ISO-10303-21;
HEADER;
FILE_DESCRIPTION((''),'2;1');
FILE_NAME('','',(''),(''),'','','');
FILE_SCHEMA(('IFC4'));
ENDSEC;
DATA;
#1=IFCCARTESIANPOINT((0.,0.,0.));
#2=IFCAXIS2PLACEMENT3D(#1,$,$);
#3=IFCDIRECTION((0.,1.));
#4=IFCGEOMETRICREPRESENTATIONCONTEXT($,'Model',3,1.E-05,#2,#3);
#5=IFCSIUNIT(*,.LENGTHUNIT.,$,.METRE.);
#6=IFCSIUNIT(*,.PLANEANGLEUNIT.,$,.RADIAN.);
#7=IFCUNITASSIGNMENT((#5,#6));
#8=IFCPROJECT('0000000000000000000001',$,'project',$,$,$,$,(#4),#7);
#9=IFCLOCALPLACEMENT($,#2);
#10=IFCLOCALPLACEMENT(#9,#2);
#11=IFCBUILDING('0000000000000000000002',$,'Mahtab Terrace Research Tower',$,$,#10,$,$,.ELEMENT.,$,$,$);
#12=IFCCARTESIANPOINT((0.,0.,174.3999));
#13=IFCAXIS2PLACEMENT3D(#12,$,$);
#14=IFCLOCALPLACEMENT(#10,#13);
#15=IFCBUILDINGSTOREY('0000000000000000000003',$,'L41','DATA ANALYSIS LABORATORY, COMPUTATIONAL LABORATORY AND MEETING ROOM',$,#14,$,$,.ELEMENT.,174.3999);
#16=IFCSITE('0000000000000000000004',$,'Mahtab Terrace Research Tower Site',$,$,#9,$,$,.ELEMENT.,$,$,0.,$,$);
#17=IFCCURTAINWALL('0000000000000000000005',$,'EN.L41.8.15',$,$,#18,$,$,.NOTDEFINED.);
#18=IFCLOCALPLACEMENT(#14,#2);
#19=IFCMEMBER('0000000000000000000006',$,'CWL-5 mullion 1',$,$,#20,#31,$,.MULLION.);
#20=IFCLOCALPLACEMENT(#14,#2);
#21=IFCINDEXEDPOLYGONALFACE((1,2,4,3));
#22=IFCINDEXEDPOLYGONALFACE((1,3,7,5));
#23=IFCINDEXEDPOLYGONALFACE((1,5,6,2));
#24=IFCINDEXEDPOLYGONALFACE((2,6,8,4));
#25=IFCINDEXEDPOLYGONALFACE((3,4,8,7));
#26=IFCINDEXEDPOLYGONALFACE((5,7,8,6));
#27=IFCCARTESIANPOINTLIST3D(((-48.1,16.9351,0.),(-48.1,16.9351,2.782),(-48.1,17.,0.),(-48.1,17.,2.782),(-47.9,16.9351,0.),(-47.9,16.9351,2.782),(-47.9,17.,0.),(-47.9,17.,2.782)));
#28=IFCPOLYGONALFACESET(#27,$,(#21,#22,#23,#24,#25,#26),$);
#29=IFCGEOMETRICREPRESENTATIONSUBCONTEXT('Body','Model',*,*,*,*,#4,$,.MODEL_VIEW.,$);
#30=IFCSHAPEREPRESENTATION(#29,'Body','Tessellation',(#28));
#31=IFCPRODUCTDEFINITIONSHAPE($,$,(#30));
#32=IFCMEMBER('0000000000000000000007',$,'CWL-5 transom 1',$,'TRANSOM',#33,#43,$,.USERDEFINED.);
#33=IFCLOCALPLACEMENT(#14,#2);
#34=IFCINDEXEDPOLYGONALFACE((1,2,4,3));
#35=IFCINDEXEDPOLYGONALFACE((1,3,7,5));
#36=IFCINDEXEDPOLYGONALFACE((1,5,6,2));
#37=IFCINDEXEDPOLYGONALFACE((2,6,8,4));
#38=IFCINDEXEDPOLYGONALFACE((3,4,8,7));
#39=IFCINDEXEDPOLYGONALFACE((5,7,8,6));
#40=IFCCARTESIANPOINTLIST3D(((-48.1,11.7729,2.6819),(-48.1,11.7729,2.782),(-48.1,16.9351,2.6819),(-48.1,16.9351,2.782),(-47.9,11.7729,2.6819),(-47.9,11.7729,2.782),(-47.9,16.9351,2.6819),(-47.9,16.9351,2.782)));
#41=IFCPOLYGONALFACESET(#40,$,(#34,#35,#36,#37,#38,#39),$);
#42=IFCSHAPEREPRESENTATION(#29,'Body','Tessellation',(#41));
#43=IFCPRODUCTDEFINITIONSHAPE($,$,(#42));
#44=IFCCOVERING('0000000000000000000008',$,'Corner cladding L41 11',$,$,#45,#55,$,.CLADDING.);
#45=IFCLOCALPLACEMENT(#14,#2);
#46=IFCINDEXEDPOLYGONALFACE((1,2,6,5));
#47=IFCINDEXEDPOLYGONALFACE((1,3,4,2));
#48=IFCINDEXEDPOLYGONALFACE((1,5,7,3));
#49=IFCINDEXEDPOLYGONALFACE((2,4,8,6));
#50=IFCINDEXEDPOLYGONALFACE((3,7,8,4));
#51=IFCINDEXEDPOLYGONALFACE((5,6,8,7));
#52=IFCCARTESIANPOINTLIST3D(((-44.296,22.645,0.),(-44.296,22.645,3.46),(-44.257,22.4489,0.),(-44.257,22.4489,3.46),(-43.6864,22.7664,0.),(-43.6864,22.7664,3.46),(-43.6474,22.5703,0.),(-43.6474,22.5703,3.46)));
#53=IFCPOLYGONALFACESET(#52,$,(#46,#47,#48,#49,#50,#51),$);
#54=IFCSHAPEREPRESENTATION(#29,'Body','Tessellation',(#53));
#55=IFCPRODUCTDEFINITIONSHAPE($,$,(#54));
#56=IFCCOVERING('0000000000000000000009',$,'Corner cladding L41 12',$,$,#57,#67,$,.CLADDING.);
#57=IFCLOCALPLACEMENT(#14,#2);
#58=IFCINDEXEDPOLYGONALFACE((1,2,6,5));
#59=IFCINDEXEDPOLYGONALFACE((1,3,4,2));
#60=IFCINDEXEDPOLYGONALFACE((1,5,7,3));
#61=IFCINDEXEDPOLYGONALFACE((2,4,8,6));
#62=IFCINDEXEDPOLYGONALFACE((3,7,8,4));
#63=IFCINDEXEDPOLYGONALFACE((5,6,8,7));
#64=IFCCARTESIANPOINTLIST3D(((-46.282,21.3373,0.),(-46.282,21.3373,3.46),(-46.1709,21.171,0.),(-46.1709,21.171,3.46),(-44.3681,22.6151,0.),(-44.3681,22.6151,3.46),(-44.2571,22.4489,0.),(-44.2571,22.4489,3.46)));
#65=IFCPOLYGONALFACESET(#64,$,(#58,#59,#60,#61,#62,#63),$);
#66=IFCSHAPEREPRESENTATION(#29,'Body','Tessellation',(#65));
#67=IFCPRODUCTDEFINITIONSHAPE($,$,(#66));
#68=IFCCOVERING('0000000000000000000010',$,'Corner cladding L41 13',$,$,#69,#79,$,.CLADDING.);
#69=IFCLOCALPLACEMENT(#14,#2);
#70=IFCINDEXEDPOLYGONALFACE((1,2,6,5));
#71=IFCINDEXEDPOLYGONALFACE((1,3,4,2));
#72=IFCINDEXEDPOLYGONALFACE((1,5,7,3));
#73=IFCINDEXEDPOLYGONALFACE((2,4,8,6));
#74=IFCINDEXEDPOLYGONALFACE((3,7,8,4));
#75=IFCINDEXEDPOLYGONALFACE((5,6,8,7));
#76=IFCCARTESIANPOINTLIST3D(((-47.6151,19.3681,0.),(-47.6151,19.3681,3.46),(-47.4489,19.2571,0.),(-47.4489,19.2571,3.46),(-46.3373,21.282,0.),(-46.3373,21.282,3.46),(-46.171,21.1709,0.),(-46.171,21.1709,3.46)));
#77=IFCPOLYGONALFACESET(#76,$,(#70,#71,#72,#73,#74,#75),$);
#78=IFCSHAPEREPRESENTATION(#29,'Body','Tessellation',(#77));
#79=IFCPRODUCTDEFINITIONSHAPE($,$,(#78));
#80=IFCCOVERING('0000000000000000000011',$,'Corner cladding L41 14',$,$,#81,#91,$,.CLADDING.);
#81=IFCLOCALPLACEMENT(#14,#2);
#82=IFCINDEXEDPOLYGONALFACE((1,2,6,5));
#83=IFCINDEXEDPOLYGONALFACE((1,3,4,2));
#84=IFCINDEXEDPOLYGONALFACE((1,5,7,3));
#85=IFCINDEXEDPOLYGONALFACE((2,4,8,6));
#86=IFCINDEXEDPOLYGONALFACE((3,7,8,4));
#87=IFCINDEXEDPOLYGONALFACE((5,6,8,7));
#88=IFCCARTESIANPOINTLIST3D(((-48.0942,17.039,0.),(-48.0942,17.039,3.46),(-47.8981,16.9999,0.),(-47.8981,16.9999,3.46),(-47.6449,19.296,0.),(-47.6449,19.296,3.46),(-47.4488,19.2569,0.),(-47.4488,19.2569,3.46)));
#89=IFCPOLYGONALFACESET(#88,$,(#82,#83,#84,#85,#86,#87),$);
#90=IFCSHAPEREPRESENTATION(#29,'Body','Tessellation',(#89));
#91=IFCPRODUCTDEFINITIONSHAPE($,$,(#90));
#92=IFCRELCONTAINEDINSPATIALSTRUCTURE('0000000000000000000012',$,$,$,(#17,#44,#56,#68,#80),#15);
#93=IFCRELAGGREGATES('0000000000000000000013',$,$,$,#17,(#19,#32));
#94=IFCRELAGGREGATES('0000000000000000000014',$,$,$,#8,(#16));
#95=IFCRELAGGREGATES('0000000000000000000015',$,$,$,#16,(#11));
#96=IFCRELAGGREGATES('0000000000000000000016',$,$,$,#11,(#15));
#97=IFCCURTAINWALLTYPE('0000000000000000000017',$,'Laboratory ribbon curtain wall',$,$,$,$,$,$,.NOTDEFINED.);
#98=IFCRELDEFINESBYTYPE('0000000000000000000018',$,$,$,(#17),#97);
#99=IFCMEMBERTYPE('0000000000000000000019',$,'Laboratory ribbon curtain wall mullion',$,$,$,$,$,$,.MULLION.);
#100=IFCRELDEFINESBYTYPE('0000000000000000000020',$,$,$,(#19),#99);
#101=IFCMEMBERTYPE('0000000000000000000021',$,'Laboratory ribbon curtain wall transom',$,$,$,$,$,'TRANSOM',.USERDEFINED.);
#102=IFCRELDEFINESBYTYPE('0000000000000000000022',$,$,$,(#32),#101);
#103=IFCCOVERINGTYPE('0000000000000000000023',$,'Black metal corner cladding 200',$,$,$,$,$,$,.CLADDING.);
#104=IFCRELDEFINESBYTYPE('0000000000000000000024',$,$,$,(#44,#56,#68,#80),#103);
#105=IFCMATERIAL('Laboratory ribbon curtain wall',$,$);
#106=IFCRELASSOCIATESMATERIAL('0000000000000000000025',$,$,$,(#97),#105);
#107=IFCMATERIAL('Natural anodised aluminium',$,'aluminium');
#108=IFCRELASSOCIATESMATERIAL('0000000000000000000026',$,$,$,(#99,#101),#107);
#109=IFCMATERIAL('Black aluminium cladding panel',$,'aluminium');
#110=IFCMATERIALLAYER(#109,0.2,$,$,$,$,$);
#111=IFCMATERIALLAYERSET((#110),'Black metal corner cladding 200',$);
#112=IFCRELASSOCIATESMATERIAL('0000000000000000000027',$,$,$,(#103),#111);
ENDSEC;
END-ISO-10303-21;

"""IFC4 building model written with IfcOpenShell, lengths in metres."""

from ifc_helpers import new_model, si_unit, direction, frame, origin, origin_2d, place, context, subcontext, project, spatial, rectangle, extrude, material, layer, layer_set, material_profile, profile_set, type_object, element, aggregate, save


model = new_model("IFC4")

# Units and contexts
model_context = context("Model", 3, precision=1e-05, world=origin(), true_north=direction((0.0, 1.0)))
body_context = subcontext(model_context, "Body", "Model", "MODEL_VIEW")
ifc_project = project(units=[si_unit("LENGTHUNIT", "METRE"), si_unit("PLANEANGLEUNIT", "RADIAN")], contexts=[model_context])

# Site, building, storey
site_placement = place(None, origin())
site = spatial("IfcSite", under=ifc_project, at=site_placement, Name="Mahtab Terrace Research Tower Site", CompositionType="ELEMENT", RefElevation=0.0)
building_placement = place(site_placement, origin())
building = spatial("IfcBuilding", under=site, at=building_placement, Name="Mahtab Terrace Research Tower", CompositionType="ELEMENT")
storey_placement = place(building_placement, frame((0.0, 0.0, 174.3999)))
storey = spatial("IfcBuildingStorey", under=building, at=storey_placement, Name="L41", Description="DATA ANALYSIS LABORATORY, COMPUTATIONAL LABORATORY AND MEETING ROOM", CompositionType="ELEMENT", Elevation=174.3999)

# Curtain wall, members
ifc_material_1 = material(Name="Laboratory ribbon curtain wall")
curtain_wall_type = type_object("IfcCurtainWallType", Name="Laboratory ribbon curtain wall", PredefinedType="NOTDEFINED", material=ifc_material_1)
curtain_wall_placement = place(storey_placement, origin())
curtain_wall = element("IfcCurtainWall", 1, at=curtain_wall_placement, inside=storey, type_object=curtain_wall_type, Name="EN.L41.8.15", PredefinedType="NOTDEFINED")
ifc_material_2 = material(Name="Natural anodised aluminium", Category="aluminium")
ifc_material_profile_1 = material_profile(ifc_material_2, rectangle(XDim=0.2, YDim=0.0649, at=origin_2d()), Name="MULLION 65x200")
ifc_profile_set_1 = profile_set([ifc_material_profile_1], Name="Natural anodised aluminium")
member_type_1 = type_object("IfcMemberType", Name="Laboratory ribbon curtain wall mullion", PredefinedType="MULLION", material=ifc_profile_set_1)
member_1_placement = place(storey_placement, frame((-48.0, 16.9675, 0.0), z_axis=(0.0, 0.0, 1.0), x_axis=(1.0, 0.0, 0.0)))
member_1 = element("IfcMember", 2, at=member_1_placement, type_object=member_type_1, Name="CWL-5 mullion 1", PredefinedType="MULLION", context=body_context, shape_type="SweptSolid", body=[
    extrude(rectangle(XDim=0.2, YDim=0.0649, at=origin_2d()), origin(), (0.0, 0.0, 1.0), 2.782),
])
ifc_material_profile_2 = material_profile(ifc_material_2, rectangle(XDim=0.2, YDim=0.1001, at=origin_2d()), Name="TRANSOM 100x200")
ifc_profile_set_2 = profile_set([ifc_material_profile_2], Name="Natural anodised aluminium")
member_type_2 = type_object("IfcMemberType", Name="Laboratory ribbon curtain wall transom", ElementType="TRANSOM", PredefinedType="USERDEFINED", material=ifc_profile_set_2)
member_2_placement = place(storey_placement, frame((-48.0, 16.9351, 2.7319), z_axis=(0.0, -1.0, 0.0), x_axis=(1.0, 0.0, 0.0)))
member_2 = element("IfcMember", 3, at=member_2_placement, type_object=member_type_2, Name="CWL-5 transom 1", ObjectType="TRANSOM", PredefinedType="USERDEFINED", context=body_context, shape_type="SweptSolid", body=[
    extrude(rectangle(XDim=0.2, YDim=0.1001, at=origin_2d()), origin(), (0.0, 0.0, 1.0), 5.1621),
])
aggregate(curtain_wall, [member_1, member_2])

# Coverings
ifc_material_3 = material(Name="Black aluminium cladding panel", Category="aluminium")
ifc_layer_1 = layer(ifc_material_3, 0.2)
ifc_layer_set_1 = layer_set([ifc_layer_1], Name="Black metal corner cladding 200")
covering_type = type_object("IfcCoveringType", Name="Black metal corner cladding 200", PredefinedType="CLADDING", material=ifc_layer_set_1)
covering_placement = place(storey_placement, frame((-43.9717, 22.6077, 0.0), z_axis=(0.0, 0.0, 1.0), x_axis=(-0.980761, -0.195212, 0.0)))
element("IfcCovering", 4, at=covering_placement, inside=storey, type_object=covering_type, Name="Corner cladding L41 11", PredefinedType="CLADDING", context=body_context, shape_type="SweptSolid", body=[
    extrude(rectangle(XDim=0.6216, YDim=0.2, at=origin_2d()), origin(), (0.0, 0.0, 1.0), 3.46),
])
for number, where, z_axis, x_axis, name in (
    (5, (-45.2695, 21.8931, 0.0), (0.0, 0.0, 1.0), (-0.831656, -0.555291, 0.0), "Corner cladding L41 12"),
    (6, (-46.8931, 20.2695, 0.0), (0.0, 0.0, 1.0), (-0.555291, -0.831656, 0.0), "Corner cladding L41 13"),
    (7, (-47.7715, 18.1479, 0.0), (0.0, 0.0, 1.0), (-0.195212, -0.980761, 0.0), "Corner cladding L41 14"),
):
    element("IfcCovering", number, at=place(storey_placement, frame(where, z_axis=z_axis, x_axis=x_axis)), inside=storey, type_object=covering_type, Name=name, PredefinedType="CLADDING", context=body_context, shape_type="SweptSolid", body=[
        extrude(rectangle(XDim=2.3013, YDim=0.2, at=origin_2d()), origin(), (0.0, 0.0, 1.0), 3.46),
    ])

save(model, "model.ifc")
